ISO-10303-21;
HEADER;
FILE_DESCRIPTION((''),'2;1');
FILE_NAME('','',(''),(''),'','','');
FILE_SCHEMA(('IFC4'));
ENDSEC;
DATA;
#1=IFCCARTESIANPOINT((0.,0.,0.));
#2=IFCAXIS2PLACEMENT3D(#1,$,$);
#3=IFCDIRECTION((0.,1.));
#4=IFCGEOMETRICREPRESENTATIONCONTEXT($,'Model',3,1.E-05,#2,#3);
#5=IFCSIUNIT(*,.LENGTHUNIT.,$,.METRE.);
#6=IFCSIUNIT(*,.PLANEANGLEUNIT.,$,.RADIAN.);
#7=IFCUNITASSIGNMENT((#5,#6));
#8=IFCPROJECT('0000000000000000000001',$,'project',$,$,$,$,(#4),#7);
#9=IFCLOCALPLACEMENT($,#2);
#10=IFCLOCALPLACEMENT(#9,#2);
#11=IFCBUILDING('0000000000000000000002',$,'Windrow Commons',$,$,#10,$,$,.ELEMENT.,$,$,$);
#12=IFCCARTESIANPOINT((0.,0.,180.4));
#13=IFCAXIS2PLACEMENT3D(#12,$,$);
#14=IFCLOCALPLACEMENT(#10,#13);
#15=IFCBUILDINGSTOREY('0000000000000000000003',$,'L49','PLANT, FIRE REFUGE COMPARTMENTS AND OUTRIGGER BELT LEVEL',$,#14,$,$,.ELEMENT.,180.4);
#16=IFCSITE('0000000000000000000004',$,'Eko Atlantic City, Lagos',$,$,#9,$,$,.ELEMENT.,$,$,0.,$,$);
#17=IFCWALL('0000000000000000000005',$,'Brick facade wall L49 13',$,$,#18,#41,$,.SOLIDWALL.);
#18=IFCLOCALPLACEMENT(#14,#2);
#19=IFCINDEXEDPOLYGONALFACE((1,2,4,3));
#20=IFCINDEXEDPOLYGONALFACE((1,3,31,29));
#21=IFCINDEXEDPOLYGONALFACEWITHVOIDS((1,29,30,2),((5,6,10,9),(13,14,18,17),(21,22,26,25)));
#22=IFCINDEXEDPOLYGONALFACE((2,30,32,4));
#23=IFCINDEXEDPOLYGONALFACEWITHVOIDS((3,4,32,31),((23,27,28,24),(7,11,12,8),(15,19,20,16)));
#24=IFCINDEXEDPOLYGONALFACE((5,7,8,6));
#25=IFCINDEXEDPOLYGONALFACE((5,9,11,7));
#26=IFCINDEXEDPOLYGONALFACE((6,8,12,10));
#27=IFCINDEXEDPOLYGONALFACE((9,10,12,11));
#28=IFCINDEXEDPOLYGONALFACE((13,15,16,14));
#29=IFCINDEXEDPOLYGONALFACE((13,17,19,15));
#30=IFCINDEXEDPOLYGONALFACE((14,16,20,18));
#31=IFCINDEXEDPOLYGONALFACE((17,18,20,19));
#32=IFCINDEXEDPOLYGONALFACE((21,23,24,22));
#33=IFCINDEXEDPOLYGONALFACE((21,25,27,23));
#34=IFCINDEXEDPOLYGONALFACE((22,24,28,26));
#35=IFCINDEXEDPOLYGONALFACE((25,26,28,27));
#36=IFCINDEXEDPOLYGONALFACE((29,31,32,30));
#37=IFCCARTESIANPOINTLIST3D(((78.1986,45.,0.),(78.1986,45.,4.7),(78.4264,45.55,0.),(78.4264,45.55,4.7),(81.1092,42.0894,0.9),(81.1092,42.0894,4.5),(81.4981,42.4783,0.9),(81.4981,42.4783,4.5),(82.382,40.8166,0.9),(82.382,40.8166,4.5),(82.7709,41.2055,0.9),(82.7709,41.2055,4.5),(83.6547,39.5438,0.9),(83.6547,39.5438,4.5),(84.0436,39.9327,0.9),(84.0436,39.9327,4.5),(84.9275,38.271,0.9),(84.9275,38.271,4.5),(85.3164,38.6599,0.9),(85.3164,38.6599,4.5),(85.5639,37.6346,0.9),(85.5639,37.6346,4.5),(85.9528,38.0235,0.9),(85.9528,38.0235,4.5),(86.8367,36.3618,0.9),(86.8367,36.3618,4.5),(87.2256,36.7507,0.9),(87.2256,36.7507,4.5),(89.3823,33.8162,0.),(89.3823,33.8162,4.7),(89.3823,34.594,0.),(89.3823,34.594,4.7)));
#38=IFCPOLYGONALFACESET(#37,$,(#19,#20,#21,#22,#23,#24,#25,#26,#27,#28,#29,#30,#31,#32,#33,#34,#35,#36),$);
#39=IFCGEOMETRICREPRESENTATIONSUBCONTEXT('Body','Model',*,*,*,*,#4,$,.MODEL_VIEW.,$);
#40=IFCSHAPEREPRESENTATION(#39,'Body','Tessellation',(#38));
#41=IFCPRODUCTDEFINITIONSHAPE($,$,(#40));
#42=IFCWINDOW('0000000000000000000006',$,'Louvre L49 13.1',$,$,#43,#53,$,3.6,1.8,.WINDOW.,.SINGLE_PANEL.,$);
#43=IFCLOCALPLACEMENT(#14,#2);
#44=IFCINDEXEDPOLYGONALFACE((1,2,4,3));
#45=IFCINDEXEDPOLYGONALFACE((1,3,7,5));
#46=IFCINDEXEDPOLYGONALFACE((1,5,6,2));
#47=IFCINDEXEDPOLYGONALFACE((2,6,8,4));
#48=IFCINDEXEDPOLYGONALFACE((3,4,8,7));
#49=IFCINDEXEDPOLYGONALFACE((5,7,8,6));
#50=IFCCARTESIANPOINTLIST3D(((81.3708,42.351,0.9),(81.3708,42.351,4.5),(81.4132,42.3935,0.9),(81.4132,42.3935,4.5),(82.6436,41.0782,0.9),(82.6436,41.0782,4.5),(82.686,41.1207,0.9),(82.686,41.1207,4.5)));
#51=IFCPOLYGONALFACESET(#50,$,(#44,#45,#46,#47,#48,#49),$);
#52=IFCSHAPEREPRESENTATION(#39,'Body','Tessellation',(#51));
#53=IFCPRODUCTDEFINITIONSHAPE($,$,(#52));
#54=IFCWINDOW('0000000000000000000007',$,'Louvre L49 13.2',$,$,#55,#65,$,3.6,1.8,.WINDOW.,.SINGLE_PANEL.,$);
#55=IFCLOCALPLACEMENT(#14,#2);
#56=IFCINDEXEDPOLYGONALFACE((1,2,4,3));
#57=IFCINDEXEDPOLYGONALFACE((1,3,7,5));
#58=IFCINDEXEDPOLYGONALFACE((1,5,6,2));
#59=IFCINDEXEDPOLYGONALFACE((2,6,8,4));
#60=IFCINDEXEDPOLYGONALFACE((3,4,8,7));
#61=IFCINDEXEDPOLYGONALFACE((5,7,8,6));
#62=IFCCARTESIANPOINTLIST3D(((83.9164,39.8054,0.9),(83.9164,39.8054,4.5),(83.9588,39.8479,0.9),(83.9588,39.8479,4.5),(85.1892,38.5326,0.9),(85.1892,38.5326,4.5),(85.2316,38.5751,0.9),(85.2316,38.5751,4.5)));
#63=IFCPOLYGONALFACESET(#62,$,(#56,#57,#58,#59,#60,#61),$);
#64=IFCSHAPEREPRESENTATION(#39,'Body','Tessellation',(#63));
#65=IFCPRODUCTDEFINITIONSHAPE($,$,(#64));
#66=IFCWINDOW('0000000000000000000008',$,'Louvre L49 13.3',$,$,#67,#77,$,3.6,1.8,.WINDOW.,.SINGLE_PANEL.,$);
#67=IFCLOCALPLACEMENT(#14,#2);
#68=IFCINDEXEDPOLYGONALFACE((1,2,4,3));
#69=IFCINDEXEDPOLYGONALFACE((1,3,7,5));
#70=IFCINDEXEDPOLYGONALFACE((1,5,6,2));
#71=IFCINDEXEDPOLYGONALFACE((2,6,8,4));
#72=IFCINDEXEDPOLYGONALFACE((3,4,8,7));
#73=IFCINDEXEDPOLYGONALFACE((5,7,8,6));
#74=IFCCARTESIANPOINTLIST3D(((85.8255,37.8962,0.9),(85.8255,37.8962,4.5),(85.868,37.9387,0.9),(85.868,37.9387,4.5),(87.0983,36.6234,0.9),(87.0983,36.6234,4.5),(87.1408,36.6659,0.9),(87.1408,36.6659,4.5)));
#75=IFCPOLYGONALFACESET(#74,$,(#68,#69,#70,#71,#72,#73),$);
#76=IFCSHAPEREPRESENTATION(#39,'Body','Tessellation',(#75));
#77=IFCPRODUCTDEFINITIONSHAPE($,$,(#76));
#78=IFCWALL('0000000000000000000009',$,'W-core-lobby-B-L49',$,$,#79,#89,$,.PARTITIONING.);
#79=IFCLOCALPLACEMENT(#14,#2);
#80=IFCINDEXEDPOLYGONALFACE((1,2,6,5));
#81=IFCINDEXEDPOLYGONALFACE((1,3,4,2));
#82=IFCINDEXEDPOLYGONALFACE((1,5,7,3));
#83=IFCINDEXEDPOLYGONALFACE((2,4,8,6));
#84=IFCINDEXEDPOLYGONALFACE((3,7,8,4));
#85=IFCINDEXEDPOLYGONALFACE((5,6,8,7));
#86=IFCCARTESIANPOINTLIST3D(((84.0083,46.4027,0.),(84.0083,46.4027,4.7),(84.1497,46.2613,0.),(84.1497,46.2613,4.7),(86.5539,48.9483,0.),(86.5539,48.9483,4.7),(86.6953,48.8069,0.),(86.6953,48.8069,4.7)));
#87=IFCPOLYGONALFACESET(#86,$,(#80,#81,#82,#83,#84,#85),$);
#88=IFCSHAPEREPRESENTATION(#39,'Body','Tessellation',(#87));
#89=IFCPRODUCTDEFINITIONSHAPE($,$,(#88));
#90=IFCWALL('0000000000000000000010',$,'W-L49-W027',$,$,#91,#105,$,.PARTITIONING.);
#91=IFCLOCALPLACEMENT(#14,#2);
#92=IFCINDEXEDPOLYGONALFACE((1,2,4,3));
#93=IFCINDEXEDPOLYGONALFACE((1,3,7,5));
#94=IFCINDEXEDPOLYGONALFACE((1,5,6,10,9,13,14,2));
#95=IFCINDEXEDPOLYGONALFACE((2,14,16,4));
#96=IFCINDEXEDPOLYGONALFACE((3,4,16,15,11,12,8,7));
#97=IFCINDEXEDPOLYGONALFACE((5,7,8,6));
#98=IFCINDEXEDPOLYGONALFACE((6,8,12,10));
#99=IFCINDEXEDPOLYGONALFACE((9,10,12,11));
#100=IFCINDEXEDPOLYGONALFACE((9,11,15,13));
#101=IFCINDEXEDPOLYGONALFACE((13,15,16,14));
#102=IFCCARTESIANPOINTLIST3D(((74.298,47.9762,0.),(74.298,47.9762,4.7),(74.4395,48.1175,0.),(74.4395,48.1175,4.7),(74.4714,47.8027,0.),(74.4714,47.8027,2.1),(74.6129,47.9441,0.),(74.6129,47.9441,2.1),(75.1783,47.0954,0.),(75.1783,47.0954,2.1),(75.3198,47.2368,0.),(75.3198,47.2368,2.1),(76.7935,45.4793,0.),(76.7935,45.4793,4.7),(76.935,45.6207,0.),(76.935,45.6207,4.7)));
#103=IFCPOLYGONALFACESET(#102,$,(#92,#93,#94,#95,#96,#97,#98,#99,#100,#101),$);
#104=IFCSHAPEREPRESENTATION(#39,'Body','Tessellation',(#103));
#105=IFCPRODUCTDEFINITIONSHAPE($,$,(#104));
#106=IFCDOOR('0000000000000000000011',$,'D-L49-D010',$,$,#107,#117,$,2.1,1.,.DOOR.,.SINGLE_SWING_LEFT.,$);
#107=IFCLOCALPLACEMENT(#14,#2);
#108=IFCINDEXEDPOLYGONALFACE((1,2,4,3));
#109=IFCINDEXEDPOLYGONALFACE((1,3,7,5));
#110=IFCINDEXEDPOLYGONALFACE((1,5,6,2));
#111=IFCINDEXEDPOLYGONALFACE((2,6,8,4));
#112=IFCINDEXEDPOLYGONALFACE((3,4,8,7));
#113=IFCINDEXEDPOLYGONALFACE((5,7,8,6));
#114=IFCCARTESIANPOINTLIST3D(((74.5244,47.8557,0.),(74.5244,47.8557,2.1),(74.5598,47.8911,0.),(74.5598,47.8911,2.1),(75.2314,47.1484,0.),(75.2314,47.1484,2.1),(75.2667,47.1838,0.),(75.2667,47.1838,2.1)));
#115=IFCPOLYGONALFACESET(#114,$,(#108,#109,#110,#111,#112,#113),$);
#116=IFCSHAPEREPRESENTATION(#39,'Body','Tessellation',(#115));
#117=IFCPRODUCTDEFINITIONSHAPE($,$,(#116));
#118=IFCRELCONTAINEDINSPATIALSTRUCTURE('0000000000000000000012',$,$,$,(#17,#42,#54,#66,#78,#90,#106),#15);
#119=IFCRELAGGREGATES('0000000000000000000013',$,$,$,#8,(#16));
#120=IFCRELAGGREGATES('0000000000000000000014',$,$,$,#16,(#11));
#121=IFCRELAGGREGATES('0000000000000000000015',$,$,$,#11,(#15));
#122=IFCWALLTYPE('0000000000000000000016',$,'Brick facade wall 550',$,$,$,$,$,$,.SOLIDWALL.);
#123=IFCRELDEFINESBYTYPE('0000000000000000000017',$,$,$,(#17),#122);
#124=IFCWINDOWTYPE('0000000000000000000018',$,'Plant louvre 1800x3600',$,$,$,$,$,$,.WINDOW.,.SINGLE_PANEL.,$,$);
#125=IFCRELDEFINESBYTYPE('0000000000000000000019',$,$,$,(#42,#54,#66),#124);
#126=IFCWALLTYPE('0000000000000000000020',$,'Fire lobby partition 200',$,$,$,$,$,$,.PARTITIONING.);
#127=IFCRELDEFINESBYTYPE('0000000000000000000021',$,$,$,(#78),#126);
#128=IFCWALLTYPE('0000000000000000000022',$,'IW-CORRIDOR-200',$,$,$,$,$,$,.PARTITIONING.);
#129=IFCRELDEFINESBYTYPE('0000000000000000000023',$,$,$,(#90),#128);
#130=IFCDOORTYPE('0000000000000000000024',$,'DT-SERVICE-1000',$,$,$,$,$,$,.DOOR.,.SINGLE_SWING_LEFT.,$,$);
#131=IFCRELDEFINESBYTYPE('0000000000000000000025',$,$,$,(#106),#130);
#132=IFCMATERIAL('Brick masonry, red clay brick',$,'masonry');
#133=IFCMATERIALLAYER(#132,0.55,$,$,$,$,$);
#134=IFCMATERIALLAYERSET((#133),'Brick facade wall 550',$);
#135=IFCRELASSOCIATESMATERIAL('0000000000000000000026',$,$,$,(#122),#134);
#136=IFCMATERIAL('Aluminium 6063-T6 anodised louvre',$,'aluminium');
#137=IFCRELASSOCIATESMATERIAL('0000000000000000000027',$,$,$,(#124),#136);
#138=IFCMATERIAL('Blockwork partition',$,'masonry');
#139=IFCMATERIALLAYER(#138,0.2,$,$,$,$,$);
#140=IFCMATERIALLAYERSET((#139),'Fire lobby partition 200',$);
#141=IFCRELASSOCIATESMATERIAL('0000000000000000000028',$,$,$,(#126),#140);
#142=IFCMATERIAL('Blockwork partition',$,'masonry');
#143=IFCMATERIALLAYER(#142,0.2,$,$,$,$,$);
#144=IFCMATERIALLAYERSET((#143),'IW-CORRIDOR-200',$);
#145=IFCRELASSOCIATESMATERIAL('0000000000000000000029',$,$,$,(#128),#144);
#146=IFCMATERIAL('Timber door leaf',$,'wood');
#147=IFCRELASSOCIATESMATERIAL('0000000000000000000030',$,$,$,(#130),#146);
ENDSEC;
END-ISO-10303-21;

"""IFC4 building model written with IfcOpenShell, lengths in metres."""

from ifc_helpers import new_model, si_unit, direction, frame, frame_2d, origin, place, context, subcontext, project, spatial, polyline, rectangle, outline, extrude, material, layer, layer_set, type_object, element, fill, save


model = new_model("IFC4")

# Units and contexts
model_context = context("Model", 3, precision=1e-05, world=origin(), true_north=direction((0.0, 1.0)))
body_context = subcontext(model_context, "Body", "Model", "MODEL_VIEW")
ifc_project = project(units=[si_unit("LENGTHUNIT", "METRE"), si_unit("PLANEANGLEUNIT", "RADIAN")], contexts=[model_context])

# Site, building, storey
site_placement = place(None, origin())
site = spatial("IfcSite", under=ifc_project, at=site_placement, Name="Eko Atlantic City, Lagos", CompositionType="ELEMENT", RefElevation=0.0)
building_placement = place(site_placement, origin())
building = spatial("IfcBuilding", under=site, at=building_placement, Name="Windrow Commons", CompositionType="ELEMENT")
storey_placement = place(building_placement, frame((0.0, 0.0, 180.4)))
storey = spatial("IfcBuildingStorey", under=building, at=storey_placement, Name="L49", Description="PLANT, FIRE REFUGE COMPARTMENTS AND OUTRIGGER BELT LEVEL", CompositionType="ELEMENT", Elevation=180.4)

# Wall, openings, windows
ifc_material_1 = material(Name="Brick masonry, red clay brick", Category="masonry")
ifc_layer_1 = layer(ifc_material_1, 0.55)
ifc_layer_set_1 = layer_set([ifc_layer_1], Name="Brick facade wall 550")
wall_type_1 = type_object("IfcWallType", Name="Brick facade wall 550", PredefinedType="SOLIDWALL", material=ifc_layer_set_1)
wall_1_placement = place(storey_placement, frame((78.3125, 45.275, 0.0), z_axis=(0.0, 0.0, 1.0), x_axis=(0.707104, -0.70711, 0.0)))
wall_1 = element("IfcWall", 1, at=wall_1_placement, inside=storey, type_object=wall_type_1, Name="Brick facade wall L49 13", PredefinedType="SOLIDWALL", context=body_context, shape_type="SweptSolid", body=[
    extrude(outline(polyline([(0.1139, -0.275), (15.9301, -0.275), (15.3801, 0.275), (-0.1139, 0.275), (0.1139, -0.275)])), origin(), (0.0, 0.0, 1.0), 4.7),
])
opening_1_placement = place(wall_1_placement, frame((4.2301, 0.0, 0.9)))
opening_1 = element("IfcOpeningElement", 2, at=opening_1_placement, cuts=wall_1, PredefinedType="OPENING", context=body_context, shape_type="SweptSolid", body=[
    extrude(rectangle(XDim=1.8, YDim=3.6, at=frame_2d((0.9, 1.8))), frame((0.0, 0.285, 0.0), z_axis=(0.0, -1.0, 0.0), x_axis=(1.0, 0.0, 0.0)), (0.0, 0.0, 1.0), 0.57),
])
opening_2_placement = place(wall_1_placement, frame((7.8301, 0.0, 0.9)))
opening_2 = element("IfcOpeningElement", 3, at=opening_2_placement, cuts=wall_1, PredefinedType="OPENING", context=body_context, shape_type="SweptSolid", body=[
    extrude(rectangle(XDim=1.8, YDim=3.6, at=frame_2d((0.9, 1.8))), frame((0.0, 0.285, 0.0), z_axis=(0.0, -1.0, 0.0), x_axis=(1.0, 0.0, 0.0)), (0.0, 0.0, 1.0), 0.57),
])
opening_3_placement = place(wall_1_placement, frame((10.5301, 0.0, 0.9)))
opening_3 = element("IfcOpeningElement", 4, at=opening_3_placement, cuts=wall_1, PredefinedType="OPENING", context=body_context, shape_type="SweptSolid", body=[
    extrude(rectangle(XDim=1.8, YDim=3.6, at=frame_2d((0.9, 1.8))), frame((0.0, 0.285, 0.0), z_axis=(0.0, -1.0, 0.0), x_axis=(1.0, 0.0, 0.0)), (0.0, 0.0, 1.0), 0.57),
])
ifc_material_2 = material(Name="Aluminium 6063-T6 anodised louvre", Category="aluminium")
window_type = type_object("IfcWindowType", Name="Plant louvre 1800x3600", PartitioningType="SINGLE_PANEL", PredefinedType="WINDOW", material=ifc_material_2)
window_1_placement = place(opening_1_placement, origin())
window_1 = element("IfcWindow", 5, at=window_1_placement, inside=storey, type_object=window_type, Name="Louvre L49 13.1", OverallHeight=3.6, OverallWidth=1.8, PartitioningType="SINGLE_PANEL", PredefinedType="WINDOW", context=body_context, shape_type="SweptSolid", body=[
    extrude(rectangle(XDim=1.8, YDim=3.6, at=frame_2d((0.9, 1.8))), frame((0.0, 0.155, 0.0), z_axis=(0.0, -1.0, 0.0), x_axis=(1.0, 0.0, 0.0)), (0.0, 0.0, 1.0), 0.06),
])
fill(opening_1, window_1)
window_2_placement = place(opening_2_placement, origin())
window_2 = element("IfcWindow", 6, at=window_2_placement, inside=storey, type_object=window_type, Name="Louvre L49 13.2", OverallHeight=3.6, OverallWidth=1.8, PartitioningType="SINGLE_PANEL", PredefinedType="WINDOW", context=body_context, shape_type="SweptSolid", body=[
    extrude(rectangle(XDim=1.8, YDim=3.6, at=frame_2d((0.9, 1.8))), frame((0.0, 0.155, 0.0), z_axis=(0.0, -1.0, 0.0), x_axis=(1.0, 0.0, 0.0)), (0.0, 0.0, 1.0), 0.06),
])
fill(opening_2, window_2)
window_3_placement = place(opening_3_placement, origin())
window_3 = element("IfcWindow", 7, at=window_3_placement, inside=storey, type_object=window_type, Name="Louvre L49 13.3", OverallHeight=3.6, OverallWidth=1.8, PartitioningType="SINGLE_PANEL", PredefinedType="WINDOW", context=body_context, shape_type="SweptSolid", body=[
    extrude(rectangle(XDim=1.8, YDim=3.6, at=frame_2d((0.9, 1.8))), frame((0.0, 0.155, 0.0), z_axis=(0.0, -1.0, 0.0), x_axis=(1.0, 0.0, 0.0)), (0.0, 0.0, 1.0), 0.06),
])
fill(opening_3, window_3)

# Wall
ifc_material_3 = material(Name="Blockwork partition", Category="masonry")
ifc_layer_2 = layer(ifc_material_3, 0.2)
ifc_layer_set_2 = layer_set([ifc_layer_2], Name="Fire lobby partition 200")
wall_type_2 = type_object("IfcWallType", Name="Fire lobby partition 200", PredefinedType="PARTITIONING", material=ifc_layer_set_2)
wall_2_placement = place(storey_placement, frame((84.079, 46.332, 0.0), z_axis=(0.0, 0.0, 1.0), x_axis=(0.707107, 0.707107, 0.0)))
element("IfcWall", 8, at=wall_2_placement, inside=storey, type_object=wall_type_2, Name="W-core-lobby-B-L49", PredefinedType="PARTITIONING", context=body_context, shape_type="SweptSolid", body=[
    extrude(rectangle(XDim=3.6, YDim=0.2, at=frame_2d((1.8, 0.0))), origin(), (0.0, 0.0, 1.0), 4.7),
])

# Wall, opening, door
ifc_material_4 = material(Name="Blockwork partition", Category="masonry")
ifc_layer_3 = layer(ifc_material_4, 0.2)
ifc_layer_set_3 = layer_set([ifc_layer_3], Name="IW-CORRIDOR-200")
wall_type_3 = type_object("IfcWallType", Name="IW-CORRIDOR-200", PredefinedType="PARTITIONING", material=ifc_layer_set_3)
wall_3_placement = place(storey_placement, frame((76.8643, 45.55, 0.0), z_axis=(0.0, 0.0, 1.0), x_axis=(-0.706923, 0.707291, 0.0)))
wall_3 = element("IfcWall", 9, at=wall_3_placement, inside=storey, type_object=wall_type_3, Name="W-L49-W027", PredefinedType="PARTITIONING", context=body_context, shape_type="SweptSolid", body=[
    extrude(rectangle(XDim=3.5301, YDim=0.2, at=frame_2d((1.7651, 0.0))), origin(), (0.0, 0.0, 1.0), 4.7),
])
opening_4_placement = place(wall_3_placement, frame((2.2849, 0.0, 0.0)))
opening_4 = element("IfcOpeningElement", 10, at=opening_4_placement, cuts=wall_3, PredefinedType="OPENING", context=body_context, shape_type="SweptSolid", body=[
    extrude(rectangle(XDim=1.0, YDim=2.1, at=frame_2d((0.5, 1.05))), frame((0.0, 0.11, 0.0), z_axis=(0.0, -1.0, 0.0), x_axis=(1.0, 0.0, 0.0)), (0.0, 0.0, 1.0), 0.22),
])
ifc_material_5 = material(Name="Timber door leaf", Category="wood")
door_type_1 = type_object("IfcDoorType", Name="DT-SERVICE-1000", OperationType="SINGLE_SWING_LEFT", PredefinedType="DOOR", material=ifc_material_5)
door_1_placement = place(opening_4_placement, origin())
door_1 = element("IfcDoor", 11, at=door_1_placement, inside=storey, type_object=door_type_1, Name="D-L49-D010", OperationType="SINGLE_SWING_LEFT", OverallHeight=2.1, OverallWidth=1.0, PredefinedType="DOOR", context=body_context, shape_type="SweptSolid", body=[
    extrude(rectangle(XDim=1.0, YDim=2.1, at=frame_2d((0.5, 1.05))), frame((0.0, 0.025, 0.0), z_axis=(0.0, -1.0, 0.0), x_axis=(1.0, 0.0, 0.0)), (0.0, 0.0, 1.0), 0.05),
])
fill(opening_4, door_1)

save(model, "model.ifc")
